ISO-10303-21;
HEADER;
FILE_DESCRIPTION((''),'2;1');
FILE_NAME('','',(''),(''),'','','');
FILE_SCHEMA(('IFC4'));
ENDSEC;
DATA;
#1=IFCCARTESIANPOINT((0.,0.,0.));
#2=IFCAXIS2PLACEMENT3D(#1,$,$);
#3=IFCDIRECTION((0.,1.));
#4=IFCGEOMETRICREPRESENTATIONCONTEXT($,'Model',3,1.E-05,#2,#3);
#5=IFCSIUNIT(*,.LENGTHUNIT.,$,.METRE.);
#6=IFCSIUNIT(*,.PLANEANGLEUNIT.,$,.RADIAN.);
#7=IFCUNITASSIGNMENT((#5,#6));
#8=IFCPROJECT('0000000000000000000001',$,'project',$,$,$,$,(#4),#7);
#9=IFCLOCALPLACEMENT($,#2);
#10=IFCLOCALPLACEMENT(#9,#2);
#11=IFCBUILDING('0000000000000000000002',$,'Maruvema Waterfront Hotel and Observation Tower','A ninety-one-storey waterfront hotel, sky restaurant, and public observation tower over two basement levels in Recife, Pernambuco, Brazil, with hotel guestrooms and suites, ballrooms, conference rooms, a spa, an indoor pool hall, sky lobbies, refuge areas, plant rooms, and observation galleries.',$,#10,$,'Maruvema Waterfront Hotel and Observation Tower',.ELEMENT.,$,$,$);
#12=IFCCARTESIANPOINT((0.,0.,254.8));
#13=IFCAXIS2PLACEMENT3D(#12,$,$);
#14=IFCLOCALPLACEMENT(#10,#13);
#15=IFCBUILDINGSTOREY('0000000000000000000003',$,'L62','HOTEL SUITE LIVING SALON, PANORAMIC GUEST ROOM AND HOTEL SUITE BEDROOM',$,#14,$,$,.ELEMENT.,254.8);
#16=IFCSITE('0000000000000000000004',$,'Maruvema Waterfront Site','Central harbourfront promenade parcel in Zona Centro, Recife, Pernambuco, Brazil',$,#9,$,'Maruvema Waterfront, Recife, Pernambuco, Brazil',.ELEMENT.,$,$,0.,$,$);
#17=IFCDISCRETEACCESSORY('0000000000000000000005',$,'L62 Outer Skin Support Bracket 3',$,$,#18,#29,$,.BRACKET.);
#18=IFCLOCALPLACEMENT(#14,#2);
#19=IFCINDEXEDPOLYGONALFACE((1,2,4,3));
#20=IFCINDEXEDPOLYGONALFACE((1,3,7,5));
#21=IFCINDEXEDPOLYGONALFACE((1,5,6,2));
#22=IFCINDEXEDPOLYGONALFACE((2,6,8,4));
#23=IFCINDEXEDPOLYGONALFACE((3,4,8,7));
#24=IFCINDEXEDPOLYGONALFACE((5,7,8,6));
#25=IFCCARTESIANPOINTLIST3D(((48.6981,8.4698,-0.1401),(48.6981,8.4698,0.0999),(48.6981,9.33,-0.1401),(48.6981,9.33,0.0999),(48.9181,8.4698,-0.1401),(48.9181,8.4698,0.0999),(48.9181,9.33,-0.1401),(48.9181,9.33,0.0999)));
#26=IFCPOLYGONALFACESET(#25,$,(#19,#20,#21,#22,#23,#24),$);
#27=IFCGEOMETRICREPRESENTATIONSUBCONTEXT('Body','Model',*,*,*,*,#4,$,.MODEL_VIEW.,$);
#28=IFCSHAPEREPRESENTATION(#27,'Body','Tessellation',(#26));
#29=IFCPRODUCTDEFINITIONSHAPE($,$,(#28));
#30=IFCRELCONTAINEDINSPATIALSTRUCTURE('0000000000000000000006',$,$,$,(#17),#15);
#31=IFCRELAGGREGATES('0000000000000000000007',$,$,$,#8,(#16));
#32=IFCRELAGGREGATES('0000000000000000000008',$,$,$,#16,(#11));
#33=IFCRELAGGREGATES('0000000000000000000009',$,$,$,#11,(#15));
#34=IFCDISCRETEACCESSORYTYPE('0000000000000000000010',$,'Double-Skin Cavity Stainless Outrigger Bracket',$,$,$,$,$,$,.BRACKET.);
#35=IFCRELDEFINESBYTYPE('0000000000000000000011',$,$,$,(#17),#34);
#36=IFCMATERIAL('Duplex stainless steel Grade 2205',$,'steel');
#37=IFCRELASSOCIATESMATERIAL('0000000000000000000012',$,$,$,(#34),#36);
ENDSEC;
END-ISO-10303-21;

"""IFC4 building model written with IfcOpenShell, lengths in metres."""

from ifc_helpers import new_model, si_unit, direction, frame, origin, origin_2d, place, context, subcontext, project, spatial, rectangle, extrude, material, type_object, element, save


model = new_model("IFC4")

# Units and contexts
model_context = context("Model", 3, precision=1e-05, world=origin(), true_north=direction((0.0, 1.0)))
body_context = subcontext(model_context, "Body", "Model", "MODEL_VIEW")
ifc_project = project(units=[si_unit("LENGTHUNIT", "METRE"), si_unit("PLANEANGLEUNIT", "RADIAN")], contexts=[model_context])

# Site, building, storey
site_placement = place(None, origin())
site = spatial("IfcSite", under=ifc_project, at=site_placement, Name="Maruvema Waterfront Site", Description="Central harbourfront promenade parcel in Zona Centro, Recife, Pernambuco, Brazil", LongName="Maruvema Waterfront, Recife, Pernambuco, Brazil", CompositionType="ELEMENT", RefElevation=0.0)
building_placement = place(site_placement, origin())
building = spatial("IfcBuilding", under=site, at=building_placement, Name="Maruvema Waterfront Hotel and Observation Tower", Description="A ninety-one-storey waterfront hotel, sky restaurant, and public observation tower over two basement levels in Recife, Pernambuco, Brazil, with hotel guestrooms and suites, ballrooms, conference rooms, a spa, an indoor pool hall, sky lobbies, refuge areas, plant rooms, and observation galleries.", LongName="Maruvema Waterfront Hotel and Observation Tower", CompositionType="ELEMENT")
storey_placement = place(building_placement, frame((0.0, 0.0, 254.8)))
storey = spatial("IfcBuildingStorey", under=building, at=storey_placement, Name="L62", Description="HOTEL SUITE LIVING SALON, PANORAMIC GUEST ROOM AND HOTEL SUITE BEDROOM", CompositionType="ELEMENT", Elevation=254.8)

# Discrete accessory
ifc_material_1 = material(Name="Duplex stainless steel Grade 2205", Category="steel")
discrete_accessory_type = type_object("IfcDiscreteAccessoryType", Name="Double-Skin Cavity Stainless Outrigger Bracket", PredefinedType="BRACKET", material=ifc_material_1)
discrete_accessory_placement = place(storey_placement, frame((48.8081, 8.8999, -0.1401), z_axis=(0.0, 0.0, 1.0), x_axis=(1.0, 0.0, 0.0)))
element("IfcDiscreteAccessory", 1, at=discrete_accessory_placement, inside=storey, type_object=discrete_accessory_type, Name="L62 Outer Skin Support Bracket 3", PredefinedType="BRACKET", context=body_context, shape_type="SweptSolid", body=[
    extrude(rectangle(XDim=0.22, YDim=0.8601, at=origin_2d()), origin(), (0.0, 0.0, 1.0), 0.24),
])

save(model, "model.ifc")
